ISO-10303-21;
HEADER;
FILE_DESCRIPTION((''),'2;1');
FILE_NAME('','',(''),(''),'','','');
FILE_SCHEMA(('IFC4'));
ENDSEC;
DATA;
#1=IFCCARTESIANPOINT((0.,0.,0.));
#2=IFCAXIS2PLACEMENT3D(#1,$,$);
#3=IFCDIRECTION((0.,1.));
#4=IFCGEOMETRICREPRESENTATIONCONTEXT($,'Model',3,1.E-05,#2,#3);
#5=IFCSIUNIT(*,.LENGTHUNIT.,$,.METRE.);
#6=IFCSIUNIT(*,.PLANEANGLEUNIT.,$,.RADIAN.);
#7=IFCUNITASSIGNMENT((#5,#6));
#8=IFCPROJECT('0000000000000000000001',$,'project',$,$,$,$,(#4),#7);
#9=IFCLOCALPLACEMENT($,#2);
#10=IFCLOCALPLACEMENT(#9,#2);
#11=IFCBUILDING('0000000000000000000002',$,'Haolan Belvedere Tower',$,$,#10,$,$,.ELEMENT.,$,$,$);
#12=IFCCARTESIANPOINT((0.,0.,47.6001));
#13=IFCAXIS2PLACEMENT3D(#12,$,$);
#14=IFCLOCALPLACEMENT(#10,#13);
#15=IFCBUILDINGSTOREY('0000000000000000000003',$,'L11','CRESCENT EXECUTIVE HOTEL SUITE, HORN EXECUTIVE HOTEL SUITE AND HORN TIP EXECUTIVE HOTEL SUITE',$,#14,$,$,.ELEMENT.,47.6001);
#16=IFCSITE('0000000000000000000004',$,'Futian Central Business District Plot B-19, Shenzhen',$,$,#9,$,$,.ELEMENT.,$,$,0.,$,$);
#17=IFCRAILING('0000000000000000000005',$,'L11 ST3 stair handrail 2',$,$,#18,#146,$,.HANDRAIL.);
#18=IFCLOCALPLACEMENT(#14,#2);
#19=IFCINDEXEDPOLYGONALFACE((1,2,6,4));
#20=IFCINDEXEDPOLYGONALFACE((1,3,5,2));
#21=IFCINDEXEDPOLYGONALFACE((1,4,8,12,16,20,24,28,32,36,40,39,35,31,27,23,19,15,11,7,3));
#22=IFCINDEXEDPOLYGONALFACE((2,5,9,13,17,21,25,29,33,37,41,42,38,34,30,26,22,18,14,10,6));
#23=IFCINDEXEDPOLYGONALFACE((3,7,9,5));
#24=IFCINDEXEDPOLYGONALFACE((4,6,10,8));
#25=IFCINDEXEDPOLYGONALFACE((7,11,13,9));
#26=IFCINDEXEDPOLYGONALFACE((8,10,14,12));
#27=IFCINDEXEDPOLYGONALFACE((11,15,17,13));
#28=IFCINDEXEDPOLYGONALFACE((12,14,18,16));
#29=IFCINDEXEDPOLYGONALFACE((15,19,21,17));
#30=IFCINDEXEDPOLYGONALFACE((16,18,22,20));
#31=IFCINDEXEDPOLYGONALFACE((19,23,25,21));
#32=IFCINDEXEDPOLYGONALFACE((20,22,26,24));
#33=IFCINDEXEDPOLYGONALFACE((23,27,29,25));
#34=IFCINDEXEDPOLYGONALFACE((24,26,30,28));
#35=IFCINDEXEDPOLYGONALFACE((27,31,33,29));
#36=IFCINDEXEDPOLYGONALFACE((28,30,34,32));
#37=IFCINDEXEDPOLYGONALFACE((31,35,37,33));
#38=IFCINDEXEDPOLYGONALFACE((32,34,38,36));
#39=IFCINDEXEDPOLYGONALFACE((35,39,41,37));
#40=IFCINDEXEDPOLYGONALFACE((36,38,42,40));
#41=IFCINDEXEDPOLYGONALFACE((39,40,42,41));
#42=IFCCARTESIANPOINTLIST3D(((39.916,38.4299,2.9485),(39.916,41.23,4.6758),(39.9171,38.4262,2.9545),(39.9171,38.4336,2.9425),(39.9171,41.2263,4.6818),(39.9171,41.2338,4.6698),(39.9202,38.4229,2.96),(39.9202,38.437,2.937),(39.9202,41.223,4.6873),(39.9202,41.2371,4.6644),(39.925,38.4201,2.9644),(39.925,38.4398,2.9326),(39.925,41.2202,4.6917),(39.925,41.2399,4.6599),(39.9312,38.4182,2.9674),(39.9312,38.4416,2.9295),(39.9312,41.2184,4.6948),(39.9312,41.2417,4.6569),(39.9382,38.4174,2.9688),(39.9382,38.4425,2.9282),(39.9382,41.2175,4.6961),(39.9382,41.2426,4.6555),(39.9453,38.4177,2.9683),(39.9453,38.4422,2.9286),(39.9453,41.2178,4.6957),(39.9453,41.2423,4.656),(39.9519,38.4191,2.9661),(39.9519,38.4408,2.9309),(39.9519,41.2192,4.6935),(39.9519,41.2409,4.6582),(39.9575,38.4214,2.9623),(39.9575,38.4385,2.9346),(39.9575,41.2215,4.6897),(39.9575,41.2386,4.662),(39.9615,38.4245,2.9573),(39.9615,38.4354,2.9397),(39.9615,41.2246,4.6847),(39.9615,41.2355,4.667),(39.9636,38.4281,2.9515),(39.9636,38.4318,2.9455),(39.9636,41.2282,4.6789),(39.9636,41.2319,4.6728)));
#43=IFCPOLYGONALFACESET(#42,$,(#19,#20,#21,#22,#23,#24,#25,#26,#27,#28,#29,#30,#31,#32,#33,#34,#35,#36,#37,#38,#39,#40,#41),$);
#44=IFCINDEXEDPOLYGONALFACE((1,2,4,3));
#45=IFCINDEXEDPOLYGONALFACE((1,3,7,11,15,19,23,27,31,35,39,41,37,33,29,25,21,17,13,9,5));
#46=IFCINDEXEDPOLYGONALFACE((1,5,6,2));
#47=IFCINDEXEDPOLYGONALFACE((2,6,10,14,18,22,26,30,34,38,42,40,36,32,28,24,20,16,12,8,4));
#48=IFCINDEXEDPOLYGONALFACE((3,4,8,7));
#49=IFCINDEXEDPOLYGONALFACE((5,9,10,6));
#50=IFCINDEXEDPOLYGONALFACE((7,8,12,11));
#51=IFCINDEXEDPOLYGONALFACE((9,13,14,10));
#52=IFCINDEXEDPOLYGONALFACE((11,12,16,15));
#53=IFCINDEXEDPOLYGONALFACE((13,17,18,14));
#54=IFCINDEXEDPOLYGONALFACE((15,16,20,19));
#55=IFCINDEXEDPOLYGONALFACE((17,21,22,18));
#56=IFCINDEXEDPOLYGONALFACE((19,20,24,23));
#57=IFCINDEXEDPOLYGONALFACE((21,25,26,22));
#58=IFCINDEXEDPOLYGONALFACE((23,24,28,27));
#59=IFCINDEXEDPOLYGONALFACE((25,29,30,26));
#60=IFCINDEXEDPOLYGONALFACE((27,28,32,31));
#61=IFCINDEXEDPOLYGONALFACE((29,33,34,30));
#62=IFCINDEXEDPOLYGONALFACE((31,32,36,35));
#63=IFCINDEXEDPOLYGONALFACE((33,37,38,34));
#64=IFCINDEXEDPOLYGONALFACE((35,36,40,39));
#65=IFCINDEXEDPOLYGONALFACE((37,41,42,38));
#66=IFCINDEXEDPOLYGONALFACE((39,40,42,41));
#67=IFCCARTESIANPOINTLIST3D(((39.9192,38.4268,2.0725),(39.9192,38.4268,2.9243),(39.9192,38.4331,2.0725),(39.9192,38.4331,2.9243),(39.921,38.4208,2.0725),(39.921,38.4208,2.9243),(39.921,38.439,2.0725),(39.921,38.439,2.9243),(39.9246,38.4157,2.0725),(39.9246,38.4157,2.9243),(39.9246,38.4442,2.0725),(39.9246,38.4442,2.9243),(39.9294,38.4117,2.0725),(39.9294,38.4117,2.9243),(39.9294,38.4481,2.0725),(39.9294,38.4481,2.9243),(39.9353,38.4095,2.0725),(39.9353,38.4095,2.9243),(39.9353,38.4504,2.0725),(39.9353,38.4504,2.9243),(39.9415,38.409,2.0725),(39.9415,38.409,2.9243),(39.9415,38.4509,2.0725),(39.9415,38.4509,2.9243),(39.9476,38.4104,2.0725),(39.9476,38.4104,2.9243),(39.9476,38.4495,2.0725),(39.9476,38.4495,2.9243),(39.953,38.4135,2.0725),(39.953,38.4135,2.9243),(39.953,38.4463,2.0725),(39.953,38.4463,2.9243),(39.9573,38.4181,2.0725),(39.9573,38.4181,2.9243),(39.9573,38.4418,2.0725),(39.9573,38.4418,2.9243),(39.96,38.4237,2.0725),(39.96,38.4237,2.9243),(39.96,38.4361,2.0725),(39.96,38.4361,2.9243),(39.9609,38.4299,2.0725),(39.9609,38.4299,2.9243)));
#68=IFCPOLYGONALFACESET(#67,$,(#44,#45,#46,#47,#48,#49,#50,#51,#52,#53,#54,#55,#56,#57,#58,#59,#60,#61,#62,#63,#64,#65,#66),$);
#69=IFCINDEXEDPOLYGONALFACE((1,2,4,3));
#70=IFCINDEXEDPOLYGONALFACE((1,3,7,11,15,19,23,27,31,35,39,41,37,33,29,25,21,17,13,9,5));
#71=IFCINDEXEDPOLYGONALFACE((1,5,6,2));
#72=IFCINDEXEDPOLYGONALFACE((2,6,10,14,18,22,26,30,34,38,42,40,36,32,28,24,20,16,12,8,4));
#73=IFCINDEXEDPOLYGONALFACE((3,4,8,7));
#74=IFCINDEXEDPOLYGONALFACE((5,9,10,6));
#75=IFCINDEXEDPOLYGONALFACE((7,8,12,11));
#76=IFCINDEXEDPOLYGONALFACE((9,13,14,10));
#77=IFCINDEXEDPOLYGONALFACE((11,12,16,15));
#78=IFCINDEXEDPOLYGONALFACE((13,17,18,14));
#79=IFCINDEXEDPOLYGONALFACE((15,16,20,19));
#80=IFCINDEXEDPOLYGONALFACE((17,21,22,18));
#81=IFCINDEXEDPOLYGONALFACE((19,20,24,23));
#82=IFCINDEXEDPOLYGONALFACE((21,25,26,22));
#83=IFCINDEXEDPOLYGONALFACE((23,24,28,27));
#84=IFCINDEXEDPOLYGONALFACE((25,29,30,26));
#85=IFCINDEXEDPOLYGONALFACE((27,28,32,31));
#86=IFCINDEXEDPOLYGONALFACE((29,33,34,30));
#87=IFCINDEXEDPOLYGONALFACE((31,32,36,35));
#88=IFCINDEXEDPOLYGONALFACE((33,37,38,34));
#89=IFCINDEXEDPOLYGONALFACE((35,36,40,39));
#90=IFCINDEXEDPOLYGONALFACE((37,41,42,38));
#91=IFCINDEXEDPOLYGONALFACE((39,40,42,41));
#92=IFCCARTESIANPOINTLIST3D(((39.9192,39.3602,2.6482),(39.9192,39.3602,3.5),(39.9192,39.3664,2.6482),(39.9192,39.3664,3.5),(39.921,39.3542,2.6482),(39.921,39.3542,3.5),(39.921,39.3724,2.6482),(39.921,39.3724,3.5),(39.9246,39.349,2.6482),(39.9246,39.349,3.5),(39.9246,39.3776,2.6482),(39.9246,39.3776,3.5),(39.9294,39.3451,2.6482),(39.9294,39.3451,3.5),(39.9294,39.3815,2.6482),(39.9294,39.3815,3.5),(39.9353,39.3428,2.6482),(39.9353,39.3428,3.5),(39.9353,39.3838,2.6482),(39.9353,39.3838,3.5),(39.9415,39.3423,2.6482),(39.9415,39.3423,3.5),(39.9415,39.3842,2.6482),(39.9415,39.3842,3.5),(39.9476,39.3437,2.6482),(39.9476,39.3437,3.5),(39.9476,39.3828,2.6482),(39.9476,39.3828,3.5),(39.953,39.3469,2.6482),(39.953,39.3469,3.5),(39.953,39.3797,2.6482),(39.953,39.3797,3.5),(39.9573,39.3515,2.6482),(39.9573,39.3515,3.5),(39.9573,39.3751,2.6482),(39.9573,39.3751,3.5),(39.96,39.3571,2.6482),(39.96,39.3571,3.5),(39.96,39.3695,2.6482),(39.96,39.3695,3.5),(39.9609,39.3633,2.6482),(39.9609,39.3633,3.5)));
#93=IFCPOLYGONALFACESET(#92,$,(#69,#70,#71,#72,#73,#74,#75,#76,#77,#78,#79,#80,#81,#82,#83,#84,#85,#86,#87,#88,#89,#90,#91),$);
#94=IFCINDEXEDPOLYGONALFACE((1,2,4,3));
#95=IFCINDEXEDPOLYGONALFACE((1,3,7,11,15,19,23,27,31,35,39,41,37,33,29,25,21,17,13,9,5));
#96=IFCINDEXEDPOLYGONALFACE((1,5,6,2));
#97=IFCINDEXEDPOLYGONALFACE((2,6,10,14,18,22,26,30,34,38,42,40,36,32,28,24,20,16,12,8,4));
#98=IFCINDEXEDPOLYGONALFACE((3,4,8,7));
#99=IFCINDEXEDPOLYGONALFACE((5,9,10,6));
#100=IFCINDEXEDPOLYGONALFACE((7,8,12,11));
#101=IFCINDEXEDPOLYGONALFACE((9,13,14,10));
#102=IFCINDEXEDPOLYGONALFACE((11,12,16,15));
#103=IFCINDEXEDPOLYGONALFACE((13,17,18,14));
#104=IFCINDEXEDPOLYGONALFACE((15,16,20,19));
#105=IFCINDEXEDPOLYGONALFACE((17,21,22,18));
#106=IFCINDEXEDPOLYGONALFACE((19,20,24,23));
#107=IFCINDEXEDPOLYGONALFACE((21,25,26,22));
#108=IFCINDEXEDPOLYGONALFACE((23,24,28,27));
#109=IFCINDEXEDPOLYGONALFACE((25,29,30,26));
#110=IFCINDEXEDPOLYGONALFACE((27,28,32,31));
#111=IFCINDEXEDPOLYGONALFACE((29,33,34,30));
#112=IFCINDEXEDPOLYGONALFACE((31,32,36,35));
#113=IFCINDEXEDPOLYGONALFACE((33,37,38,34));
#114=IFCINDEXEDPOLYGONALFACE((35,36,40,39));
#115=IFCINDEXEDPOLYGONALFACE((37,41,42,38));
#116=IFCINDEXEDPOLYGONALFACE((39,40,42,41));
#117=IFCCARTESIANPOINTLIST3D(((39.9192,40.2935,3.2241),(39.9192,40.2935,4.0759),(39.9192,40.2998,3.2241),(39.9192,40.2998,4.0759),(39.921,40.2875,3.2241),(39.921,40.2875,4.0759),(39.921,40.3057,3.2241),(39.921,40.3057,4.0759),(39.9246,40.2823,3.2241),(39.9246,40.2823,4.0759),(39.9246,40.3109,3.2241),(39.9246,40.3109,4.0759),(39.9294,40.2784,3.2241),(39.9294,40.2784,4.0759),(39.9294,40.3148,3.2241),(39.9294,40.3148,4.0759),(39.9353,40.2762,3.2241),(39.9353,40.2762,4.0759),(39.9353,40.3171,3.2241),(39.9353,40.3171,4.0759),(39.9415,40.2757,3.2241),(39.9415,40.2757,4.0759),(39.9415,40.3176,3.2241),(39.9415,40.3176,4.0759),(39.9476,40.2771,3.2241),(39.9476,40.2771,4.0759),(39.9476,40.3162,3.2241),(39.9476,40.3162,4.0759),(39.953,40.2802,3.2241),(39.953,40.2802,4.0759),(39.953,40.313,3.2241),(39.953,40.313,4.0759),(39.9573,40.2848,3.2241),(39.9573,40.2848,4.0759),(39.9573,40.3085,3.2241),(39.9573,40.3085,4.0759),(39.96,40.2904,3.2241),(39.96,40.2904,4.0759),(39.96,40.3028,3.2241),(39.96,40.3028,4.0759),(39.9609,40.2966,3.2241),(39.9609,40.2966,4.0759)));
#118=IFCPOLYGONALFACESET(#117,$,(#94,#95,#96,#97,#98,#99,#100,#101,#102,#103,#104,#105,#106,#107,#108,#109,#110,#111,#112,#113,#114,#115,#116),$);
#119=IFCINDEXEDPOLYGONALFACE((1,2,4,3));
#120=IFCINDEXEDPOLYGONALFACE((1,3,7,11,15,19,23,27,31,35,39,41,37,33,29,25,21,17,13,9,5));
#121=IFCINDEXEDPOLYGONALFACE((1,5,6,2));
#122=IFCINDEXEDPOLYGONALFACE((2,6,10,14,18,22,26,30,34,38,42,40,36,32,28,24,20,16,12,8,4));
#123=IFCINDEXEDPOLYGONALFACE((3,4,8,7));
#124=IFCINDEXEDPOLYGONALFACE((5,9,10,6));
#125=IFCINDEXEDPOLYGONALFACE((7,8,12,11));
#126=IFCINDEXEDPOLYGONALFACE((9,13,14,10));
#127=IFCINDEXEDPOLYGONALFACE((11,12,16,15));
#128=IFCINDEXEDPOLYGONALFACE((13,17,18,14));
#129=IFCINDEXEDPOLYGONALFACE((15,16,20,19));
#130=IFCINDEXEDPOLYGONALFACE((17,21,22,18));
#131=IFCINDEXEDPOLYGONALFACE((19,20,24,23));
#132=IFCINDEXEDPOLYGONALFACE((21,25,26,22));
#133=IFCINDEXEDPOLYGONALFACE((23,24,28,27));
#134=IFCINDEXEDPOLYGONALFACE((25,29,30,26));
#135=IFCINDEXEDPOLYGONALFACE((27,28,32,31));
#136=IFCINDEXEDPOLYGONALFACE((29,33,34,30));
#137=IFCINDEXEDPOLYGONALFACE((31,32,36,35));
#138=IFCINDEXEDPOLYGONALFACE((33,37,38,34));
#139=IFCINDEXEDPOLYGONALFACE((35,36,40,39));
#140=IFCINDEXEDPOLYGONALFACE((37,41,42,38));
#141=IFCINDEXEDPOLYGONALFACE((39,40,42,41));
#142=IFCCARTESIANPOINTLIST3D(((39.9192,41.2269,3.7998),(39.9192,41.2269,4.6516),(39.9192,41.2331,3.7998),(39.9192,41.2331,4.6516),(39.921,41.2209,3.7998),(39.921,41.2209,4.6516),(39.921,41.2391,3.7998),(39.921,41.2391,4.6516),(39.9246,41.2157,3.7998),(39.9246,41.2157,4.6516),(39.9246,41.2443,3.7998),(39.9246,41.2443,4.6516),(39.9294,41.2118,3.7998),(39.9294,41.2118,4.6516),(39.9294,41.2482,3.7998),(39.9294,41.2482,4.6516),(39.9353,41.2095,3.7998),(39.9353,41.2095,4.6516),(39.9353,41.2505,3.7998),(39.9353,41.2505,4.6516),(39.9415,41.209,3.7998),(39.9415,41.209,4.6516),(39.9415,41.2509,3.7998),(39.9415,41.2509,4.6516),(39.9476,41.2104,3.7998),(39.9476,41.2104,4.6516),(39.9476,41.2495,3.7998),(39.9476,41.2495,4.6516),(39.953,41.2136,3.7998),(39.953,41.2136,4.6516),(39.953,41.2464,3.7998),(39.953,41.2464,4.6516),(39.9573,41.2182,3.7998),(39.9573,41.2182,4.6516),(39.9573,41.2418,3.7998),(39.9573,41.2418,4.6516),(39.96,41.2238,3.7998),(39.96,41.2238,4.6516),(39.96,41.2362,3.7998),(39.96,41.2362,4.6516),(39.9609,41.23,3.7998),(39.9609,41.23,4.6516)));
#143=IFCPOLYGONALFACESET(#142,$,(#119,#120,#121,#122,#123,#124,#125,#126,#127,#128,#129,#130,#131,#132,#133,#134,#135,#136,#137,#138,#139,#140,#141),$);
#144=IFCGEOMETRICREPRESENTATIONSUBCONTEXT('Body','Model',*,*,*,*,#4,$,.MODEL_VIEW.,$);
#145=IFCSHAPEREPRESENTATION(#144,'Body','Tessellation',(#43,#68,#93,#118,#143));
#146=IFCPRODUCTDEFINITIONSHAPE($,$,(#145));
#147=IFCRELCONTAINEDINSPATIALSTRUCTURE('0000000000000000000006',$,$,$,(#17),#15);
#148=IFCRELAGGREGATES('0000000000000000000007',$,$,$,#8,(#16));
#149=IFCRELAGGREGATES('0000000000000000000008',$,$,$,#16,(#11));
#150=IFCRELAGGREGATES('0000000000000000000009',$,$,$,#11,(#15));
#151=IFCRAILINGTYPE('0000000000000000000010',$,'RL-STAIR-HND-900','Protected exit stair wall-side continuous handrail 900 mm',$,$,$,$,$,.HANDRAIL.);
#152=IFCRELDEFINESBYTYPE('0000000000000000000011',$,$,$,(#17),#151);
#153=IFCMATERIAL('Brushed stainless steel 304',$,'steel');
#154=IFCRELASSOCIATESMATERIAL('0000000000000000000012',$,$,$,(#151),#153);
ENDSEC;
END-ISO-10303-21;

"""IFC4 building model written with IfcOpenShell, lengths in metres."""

from ifc_helpers import new_model, si_unit, direction, frame, origin, origin_2d, place, context, subcontext, project, spatial, circle, extrude, material, type_object, element, save


model = new_model("IFC4")

# Units and contexts
model_context = context("Model", 3, precision=1e-05, world=origin(), true_north=direction((0.0, 1.0)))
body_context = subcontext(model_context, "Body", "Model", "MODEL_VIEW")
ifc_project = project(units=[si_unit("LENGTHUNIT", "METRE"), si_unit("PLANEANGLEUNIT", "RADIAN")], contexts=[model_context])

# Site, building, storey
site_placement = place(None, origin())
site = spatial("IfcSite", under=ifc_project, at=site_placement, Name="Futian Central Business District Plot B-19, Shenzhen", CompositionType="ELEMENT", RefElevation=0.0)
building_placement = place(site_placement, origin())
building = spatial("IfcBuilding", under=site, at=building_placement, Name="Haolan Belvedere Tower", CompositionType="ELEMENT")
storey_placement = place(building_placement, frame((0.0, 0.0, 47.6001)))
storey = spatial("IfcBuildingStorey", under=building, at=storey_placement, Name="L11", Description="CRESCENT EXECUTIVE HOTEL SUITE, HORN EXECUTIVE HOTEL SUITE AND HORN TIP EXECUTIVE HOTEL SUITE", CompositionType="ELEMENT", Elevation=47.6001)

# Railing
ifc_material_1 = material(Name="Brushed stainless steel 304", Category="steel")
railing_type_1 = type_object("IfcRailingType", Name="RL-STAIR-HND-900", Description="Protected exit stair wall-side continuous handrail 900 mm", PredefinedType="HANDRAIL", material=ifc_material_1)
railing_1_placement = place(storey_placement, frame((39.9399, 38.4299, 2.0725)))
element("IfcRailing", 1, at=railing_1_placement, inside=storey, type_object=railing_type_1, Name="L11 ST3 stair handrail 2", PredefinedType="HANDRAIL", context=body_context, shape_type="SweptSolid", body=[
    extrude(circle(Radius=0.0239, at=origin_2d()), frame((0.0, 0.0, 0.876), z_axis=(0.0, 0.85109, 0.52502), x_axis=(-1.0, 0.0, 0.0)), (0.0, 0.0, 1.0), 3.29),
    extrude(circle(Radius=0.021, at=origin_2d()), origin(), (0.0, 0.0, 1.0), 0.8518),
    extrude(circle(Radius=0.021, at=origin_2d()), frame((0.0, 0.9333, 0.5757)), (0.0, 0.0, 1.0), 0.8518),
    extrude(circle(Radius=0.021, at=origin_2d()), frame((0.0, 1.8667, 1.1516)), (0.0, 0.0, 1.0), 0.8518),
    extrude(circle(Radius=0.021, at=origin_2d()), frame((0.0, 2.8, 1.7273)), (0.0, 0.0, 1.0), 0.8518),
])

save(model, "model.ifc")
